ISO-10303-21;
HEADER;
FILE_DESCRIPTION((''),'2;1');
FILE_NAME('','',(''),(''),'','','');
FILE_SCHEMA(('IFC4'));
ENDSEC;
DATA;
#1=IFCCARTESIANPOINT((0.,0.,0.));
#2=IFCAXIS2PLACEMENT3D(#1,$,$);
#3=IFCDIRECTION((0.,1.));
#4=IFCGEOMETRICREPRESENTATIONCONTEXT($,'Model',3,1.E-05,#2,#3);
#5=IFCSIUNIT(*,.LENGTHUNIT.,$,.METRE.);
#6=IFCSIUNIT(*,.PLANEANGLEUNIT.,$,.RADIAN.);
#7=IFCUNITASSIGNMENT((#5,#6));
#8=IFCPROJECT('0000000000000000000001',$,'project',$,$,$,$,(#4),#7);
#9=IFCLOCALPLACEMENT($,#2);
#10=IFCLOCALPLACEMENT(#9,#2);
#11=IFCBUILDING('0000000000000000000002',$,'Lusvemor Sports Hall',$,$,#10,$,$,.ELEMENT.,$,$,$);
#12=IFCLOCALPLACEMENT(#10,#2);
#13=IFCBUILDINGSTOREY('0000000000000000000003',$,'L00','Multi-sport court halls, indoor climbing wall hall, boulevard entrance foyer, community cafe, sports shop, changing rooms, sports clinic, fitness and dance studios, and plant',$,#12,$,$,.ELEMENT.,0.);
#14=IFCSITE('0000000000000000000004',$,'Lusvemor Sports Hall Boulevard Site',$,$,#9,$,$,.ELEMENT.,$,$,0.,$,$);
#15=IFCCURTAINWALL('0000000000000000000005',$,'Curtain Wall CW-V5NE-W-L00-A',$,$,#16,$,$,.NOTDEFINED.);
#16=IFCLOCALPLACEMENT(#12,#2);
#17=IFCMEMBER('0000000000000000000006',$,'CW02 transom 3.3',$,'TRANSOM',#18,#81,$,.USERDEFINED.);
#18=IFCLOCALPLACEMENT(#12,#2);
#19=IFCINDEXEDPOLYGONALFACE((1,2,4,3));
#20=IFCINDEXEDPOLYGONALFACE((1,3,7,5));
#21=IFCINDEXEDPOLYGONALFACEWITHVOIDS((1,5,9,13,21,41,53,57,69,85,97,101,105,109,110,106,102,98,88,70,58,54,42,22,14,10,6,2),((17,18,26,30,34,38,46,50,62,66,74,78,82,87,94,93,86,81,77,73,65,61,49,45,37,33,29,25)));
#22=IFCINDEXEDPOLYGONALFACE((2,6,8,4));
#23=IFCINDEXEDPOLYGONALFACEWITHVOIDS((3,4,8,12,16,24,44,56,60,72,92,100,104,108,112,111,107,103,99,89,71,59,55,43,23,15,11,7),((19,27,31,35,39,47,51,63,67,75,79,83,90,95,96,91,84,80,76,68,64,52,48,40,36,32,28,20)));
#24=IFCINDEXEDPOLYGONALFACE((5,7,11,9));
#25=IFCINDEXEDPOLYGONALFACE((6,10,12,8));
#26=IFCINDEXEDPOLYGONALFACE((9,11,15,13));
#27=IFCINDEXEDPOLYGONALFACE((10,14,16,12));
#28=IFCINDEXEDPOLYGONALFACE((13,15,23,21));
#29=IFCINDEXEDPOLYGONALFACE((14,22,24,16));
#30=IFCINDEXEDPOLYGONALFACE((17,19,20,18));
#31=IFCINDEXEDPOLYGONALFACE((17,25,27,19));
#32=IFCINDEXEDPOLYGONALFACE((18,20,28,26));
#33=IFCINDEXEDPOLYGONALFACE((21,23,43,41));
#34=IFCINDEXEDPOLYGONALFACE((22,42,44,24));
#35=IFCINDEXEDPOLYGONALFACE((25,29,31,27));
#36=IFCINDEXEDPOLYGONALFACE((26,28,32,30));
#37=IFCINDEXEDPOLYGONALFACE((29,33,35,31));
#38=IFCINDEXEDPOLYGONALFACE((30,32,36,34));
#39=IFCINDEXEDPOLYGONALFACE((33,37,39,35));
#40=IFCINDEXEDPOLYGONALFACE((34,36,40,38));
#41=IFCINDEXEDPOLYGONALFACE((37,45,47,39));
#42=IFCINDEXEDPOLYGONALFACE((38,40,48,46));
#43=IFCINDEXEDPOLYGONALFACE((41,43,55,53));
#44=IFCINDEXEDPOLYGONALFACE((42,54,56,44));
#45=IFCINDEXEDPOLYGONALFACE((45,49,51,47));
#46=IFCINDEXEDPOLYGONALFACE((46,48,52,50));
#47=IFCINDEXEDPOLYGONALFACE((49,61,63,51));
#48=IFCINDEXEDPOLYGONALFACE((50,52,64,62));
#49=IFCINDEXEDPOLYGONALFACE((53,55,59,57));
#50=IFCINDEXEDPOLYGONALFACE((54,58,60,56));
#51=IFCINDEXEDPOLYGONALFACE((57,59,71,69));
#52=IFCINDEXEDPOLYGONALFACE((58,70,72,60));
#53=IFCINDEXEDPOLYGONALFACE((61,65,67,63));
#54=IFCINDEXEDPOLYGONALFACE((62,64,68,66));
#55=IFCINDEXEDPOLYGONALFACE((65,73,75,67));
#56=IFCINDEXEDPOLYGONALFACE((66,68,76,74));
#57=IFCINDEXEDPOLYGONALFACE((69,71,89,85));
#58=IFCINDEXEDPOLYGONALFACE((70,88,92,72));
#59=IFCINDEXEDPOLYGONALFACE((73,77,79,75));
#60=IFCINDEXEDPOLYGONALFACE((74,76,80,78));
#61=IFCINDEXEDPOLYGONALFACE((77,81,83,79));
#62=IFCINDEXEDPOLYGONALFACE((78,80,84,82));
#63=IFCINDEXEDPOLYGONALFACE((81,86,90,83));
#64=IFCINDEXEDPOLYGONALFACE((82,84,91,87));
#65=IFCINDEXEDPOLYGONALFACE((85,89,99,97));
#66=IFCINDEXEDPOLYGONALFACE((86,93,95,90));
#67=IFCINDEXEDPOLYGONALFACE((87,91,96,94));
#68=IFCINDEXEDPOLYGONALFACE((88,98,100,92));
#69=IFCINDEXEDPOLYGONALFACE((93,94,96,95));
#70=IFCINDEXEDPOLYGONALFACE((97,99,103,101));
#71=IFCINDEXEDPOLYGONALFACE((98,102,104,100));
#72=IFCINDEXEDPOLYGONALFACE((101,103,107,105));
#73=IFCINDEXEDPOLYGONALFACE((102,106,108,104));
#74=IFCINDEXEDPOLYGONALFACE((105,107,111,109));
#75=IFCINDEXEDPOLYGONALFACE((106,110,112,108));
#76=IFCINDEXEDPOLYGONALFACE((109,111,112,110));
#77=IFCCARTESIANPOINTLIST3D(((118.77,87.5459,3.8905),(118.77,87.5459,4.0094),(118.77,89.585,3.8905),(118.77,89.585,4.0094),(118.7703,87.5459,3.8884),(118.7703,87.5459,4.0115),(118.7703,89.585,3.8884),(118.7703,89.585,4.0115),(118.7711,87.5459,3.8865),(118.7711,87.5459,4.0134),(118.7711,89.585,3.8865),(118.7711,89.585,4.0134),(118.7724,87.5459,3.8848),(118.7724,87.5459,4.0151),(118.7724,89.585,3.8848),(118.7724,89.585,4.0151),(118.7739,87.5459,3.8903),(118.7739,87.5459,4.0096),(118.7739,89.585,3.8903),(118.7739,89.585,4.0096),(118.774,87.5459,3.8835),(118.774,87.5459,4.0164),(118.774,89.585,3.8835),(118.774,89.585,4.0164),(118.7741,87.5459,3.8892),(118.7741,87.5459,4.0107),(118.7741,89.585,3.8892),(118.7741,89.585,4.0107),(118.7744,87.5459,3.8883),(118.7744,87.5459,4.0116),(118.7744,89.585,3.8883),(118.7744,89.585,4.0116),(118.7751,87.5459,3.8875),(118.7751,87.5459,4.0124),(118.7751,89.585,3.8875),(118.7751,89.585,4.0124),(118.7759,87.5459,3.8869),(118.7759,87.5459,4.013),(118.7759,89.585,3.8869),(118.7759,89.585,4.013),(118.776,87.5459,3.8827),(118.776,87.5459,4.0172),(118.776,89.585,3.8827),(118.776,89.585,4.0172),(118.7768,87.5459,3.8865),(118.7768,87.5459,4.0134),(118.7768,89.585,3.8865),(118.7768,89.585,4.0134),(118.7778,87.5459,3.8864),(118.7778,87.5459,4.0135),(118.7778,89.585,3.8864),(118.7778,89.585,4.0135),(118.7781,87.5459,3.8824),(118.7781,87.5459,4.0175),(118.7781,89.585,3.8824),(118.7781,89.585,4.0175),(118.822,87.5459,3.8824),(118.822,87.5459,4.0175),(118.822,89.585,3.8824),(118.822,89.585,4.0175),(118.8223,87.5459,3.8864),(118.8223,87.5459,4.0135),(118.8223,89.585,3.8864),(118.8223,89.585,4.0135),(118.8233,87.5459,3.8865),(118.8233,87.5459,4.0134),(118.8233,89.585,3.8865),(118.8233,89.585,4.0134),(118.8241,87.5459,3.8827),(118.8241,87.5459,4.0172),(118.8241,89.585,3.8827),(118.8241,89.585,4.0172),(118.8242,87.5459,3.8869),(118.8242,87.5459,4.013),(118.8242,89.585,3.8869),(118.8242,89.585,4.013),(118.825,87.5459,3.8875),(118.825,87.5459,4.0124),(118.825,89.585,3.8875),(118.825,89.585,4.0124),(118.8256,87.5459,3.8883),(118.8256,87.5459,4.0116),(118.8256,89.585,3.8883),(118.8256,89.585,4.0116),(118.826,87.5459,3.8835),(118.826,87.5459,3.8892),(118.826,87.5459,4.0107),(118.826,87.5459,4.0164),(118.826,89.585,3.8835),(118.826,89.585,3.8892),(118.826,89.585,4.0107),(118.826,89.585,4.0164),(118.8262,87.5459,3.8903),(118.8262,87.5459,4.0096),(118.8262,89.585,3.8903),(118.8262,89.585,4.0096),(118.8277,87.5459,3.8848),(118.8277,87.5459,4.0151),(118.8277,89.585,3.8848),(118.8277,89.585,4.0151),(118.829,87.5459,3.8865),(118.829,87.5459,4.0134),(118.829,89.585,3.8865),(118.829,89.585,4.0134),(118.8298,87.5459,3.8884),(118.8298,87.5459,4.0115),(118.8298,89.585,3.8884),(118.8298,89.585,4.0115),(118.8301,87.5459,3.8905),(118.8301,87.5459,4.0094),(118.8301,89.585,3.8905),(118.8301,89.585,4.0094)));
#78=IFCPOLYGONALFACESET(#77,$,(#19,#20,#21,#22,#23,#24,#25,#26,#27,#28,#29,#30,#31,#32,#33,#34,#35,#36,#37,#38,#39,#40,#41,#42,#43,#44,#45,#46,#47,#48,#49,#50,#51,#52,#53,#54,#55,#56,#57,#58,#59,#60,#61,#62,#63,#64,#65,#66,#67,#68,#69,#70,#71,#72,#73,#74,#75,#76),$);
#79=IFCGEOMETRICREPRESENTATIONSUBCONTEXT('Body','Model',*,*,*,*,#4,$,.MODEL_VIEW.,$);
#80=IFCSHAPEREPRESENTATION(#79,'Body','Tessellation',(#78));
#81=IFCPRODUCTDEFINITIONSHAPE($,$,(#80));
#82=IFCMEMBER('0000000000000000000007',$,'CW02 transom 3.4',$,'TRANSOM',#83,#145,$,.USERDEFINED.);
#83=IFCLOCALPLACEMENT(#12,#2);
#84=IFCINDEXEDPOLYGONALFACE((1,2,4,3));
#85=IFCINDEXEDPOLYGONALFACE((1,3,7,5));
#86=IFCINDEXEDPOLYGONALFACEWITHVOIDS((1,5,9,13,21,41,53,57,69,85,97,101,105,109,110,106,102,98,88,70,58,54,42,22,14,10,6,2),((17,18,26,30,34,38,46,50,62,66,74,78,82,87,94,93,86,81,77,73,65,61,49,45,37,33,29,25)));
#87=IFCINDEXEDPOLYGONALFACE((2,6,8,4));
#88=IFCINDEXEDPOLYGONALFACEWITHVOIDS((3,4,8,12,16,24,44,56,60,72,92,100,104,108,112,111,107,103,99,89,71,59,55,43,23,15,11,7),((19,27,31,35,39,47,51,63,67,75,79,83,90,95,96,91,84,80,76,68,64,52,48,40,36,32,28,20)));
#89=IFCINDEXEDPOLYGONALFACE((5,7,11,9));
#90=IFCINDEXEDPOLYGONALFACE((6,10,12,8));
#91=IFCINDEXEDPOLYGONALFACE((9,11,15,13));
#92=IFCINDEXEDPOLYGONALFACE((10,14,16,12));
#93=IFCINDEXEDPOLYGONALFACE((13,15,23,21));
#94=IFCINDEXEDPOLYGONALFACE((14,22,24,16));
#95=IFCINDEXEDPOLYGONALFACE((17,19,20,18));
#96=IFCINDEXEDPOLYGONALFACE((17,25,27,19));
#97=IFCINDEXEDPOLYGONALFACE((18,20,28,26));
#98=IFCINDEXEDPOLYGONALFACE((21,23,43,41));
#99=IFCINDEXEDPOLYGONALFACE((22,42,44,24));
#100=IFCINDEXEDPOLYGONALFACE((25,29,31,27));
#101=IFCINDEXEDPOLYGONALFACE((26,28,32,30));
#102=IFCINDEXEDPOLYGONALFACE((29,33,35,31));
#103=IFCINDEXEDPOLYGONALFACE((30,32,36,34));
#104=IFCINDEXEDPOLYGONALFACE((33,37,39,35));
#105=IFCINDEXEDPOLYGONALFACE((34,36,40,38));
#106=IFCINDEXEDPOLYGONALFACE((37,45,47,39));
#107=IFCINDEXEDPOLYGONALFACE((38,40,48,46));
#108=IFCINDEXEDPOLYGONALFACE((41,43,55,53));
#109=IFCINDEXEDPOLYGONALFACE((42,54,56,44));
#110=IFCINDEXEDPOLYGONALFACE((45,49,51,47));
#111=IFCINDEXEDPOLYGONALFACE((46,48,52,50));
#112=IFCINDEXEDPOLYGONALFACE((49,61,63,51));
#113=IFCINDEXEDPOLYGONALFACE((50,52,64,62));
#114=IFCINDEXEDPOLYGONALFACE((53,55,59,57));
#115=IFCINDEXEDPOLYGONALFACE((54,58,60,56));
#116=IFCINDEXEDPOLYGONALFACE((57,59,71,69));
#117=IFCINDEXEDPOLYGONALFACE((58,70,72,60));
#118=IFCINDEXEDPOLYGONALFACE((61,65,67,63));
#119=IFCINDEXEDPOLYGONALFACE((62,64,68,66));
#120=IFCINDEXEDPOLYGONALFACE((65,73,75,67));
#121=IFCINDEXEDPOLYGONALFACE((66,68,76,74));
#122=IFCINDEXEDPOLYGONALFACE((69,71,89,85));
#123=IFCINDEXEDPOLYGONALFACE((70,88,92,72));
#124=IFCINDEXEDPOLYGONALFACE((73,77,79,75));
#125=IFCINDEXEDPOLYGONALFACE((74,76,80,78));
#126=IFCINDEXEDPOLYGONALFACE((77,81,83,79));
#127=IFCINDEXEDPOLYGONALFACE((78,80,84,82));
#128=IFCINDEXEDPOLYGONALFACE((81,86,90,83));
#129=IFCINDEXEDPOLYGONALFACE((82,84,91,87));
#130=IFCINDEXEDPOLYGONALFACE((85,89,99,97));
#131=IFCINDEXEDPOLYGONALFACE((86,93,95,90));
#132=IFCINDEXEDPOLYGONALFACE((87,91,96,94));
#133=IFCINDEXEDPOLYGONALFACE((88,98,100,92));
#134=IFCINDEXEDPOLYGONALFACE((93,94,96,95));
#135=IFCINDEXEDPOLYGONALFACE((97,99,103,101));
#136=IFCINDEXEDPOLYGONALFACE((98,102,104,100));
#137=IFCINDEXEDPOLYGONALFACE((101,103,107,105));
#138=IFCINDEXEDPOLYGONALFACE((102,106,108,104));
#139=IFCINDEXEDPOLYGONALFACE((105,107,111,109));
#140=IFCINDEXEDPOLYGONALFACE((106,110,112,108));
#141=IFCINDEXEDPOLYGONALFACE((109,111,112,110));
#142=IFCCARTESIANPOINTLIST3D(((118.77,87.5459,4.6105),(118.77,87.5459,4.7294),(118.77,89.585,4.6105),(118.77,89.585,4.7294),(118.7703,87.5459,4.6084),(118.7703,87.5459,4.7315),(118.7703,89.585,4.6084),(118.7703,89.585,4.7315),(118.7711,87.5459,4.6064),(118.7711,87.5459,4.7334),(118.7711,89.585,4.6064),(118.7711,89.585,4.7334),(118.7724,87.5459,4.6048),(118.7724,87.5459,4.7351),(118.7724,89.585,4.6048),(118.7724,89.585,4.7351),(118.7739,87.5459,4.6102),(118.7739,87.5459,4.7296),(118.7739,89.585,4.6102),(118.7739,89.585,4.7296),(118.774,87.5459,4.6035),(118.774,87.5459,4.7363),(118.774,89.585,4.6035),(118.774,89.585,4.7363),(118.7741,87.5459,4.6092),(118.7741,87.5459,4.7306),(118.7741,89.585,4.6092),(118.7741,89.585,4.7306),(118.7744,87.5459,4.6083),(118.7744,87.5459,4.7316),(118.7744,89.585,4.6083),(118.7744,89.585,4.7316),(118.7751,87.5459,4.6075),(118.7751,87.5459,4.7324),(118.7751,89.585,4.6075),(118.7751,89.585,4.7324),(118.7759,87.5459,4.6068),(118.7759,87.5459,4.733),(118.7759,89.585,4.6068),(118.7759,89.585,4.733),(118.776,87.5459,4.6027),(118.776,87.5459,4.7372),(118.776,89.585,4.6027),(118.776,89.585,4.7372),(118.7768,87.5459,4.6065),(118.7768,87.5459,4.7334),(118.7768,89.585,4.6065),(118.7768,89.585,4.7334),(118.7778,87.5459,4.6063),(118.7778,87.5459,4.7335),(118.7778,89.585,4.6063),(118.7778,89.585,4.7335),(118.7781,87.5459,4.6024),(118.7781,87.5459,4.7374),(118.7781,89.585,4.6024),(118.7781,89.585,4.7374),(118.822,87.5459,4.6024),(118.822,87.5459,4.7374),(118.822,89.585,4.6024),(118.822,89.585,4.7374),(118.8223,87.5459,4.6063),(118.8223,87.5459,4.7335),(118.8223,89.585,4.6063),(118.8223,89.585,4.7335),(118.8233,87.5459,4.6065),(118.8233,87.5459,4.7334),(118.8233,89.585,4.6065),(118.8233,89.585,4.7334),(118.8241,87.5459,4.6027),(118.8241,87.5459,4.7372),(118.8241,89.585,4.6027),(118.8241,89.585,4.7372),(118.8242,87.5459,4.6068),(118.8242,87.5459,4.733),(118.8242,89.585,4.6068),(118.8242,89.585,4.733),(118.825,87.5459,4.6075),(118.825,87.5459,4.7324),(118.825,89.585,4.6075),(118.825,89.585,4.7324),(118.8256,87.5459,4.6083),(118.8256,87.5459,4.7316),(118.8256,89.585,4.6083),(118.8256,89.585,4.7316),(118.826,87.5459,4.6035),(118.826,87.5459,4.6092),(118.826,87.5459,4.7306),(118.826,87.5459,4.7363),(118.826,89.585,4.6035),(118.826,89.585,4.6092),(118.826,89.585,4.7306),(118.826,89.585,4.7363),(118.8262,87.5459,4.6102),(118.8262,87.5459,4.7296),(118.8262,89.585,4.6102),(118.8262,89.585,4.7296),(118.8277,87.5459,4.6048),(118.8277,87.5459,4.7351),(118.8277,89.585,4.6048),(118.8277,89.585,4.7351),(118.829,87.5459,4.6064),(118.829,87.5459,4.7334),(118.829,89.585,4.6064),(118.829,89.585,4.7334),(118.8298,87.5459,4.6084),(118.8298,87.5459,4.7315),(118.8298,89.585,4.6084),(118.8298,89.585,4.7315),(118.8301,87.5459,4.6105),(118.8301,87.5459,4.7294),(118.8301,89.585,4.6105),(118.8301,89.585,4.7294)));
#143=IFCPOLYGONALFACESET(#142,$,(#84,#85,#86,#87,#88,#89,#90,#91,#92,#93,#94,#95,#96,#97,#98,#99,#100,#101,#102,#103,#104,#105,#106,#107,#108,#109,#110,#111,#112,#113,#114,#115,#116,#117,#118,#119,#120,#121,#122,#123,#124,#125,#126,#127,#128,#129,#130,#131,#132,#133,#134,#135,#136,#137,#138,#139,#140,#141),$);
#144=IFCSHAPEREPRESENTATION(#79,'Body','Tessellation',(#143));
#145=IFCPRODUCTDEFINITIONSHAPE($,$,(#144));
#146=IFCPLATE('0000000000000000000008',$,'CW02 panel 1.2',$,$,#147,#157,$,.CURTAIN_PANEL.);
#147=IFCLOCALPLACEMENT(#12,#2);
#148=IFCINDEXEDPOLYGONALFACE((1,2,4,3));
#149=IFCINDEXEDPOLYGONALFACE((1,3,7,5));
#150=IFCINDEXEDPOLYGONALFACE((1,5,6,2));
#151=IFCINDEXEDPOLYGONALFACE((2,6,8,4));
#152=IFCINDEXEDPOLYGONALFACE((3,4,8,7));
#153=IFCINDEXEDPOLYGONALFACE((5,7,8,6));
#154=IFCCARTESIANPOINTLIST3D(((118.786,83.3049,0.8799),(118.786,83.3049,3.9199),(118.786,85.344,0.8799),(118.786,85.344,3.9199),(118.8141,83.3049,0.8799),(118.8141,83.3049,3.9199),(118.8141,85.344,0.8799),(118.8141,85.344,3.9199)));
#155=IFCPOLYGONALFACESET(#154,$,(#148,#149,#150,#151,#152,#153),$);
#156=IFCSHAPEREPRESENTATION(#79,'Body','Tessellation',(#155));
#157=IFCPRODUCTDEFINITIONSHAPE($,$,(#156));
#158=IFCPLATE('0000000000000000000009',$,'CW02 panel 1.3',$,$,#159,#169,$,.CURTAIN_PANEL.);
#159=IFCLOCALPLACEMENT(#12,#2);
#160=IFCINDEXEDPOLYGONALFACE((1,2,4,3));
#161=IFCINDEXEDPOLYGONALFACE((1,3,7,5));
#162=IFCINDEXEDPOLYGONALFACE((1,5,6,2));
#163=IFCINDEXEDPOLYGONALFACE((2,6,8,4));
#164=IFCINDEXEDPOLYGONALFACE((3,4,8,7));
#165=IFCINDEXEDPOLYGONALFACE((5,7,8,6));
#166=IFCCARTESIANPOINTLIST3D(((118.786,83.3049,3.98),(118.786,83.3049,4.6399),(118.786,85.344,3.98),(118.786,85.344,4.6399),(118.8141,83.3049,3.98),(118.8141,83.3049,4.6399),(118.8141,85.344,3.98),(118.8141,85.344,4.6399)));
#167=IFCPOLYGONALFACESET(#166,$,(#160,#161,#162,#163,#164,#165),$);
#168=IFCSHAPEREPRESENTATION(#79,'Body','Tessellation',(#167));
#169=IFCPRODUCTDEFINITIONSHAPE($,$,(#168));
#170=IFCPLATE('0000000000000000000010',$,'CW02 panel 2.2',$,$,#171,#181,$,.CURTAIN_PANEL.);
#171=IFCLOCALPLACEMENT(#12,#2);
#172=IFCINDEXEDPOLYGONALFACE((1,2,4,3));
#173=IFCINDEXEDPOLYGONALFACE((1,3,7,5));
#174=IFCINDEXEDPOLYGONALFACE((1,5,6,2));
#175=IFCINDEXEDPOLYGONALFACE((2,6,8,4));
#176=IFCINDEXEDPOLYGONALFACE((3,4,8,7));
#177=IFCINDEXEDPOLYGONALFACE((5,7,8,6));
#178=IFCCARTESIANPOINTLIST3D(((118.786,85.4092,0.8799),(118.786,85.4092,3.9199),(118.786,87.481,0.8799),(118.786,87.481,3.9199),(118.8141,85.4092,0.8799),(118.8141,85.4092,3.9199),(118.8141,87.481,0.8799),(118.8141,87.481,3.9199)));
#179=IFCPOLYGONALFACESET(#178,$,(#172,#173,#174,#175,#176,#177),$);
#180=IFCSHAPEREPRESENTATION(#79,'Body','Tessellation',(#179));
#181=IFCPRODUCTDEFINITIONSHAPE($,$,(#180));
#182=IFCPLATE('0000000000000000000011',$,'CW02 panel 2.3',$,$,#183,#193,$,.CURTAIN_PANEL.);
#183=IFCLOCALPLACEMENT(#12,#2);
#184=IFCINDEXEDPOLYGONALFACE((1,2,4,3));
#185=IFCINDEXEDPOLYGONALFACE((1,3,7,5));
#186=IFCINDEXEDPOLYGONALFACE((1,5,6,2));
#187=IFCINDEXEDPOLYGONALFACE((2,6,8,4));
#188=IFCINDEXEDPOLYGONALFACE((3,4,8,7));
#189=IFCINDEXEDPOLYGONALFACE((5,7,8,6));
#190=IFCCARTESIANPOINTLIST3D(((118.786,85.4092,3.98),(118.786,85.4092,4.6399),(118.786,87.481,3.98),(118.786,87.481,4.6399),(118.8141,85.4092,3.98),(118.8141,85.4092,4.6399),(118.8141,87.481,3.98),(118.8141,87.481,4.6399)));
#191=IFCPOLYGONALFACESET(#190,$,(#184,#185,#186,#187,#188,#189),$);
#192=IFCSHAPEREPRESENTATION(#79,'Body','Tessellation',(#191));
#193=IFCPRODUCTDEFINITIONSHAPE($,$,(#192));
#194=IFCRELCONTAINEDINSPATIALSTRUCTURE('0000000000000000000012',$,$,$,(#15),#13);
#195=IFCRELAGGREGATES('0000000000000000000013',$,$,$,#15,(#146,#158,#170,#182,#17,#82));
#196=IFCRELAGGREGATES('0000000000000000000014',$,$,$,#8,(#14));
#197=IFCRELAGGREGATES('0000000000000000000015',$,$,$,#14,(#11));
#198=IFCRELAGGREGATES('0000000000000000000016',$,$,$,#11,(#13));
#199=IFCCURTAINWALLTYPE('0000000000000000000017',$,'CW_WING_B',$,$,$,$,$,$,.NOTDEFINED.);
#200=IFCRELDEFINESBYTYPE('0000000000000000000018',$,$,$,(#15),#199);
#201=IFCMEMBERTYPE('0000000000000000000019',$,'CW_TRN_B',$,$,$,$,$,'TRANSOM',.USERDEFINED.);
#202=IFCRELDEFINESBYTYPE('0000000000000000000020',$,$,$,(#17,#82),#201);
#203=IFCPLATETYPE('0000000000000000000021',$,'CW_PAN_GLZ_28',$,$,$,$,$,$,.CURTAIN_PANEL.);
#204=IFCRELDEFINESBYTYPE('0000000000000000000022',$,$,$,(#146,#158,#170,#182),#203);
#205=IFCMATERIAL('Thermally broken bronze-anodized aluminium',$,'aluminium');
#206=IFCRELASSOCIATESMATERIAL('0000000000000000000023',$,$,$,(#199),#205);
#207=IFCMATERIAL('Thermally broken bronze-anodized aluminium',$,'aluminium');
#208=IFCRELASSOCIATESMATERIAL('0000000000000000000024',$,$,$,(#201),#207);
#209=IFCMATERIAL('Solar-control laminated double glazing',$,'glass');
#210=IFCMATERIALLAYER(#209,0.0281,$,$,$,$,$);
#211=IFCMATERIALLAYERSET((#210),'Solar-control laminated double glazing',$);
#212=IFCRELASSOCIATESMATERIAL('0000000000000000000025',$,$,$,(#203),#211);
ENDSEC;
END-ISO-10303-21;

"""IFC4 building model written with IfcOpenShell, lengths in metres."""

from ifc_helpers import new_model, si_unit, direction, frame, origin, origin_2d, place, context, subcontext, project, spatial, rectangle, hollow_rectangle, extrude, material, layer, layer_set, material_profile, profile_set, type_object, element, aggregate, save


model = new_model("IFC4")

# Units and contexts
model_context = context("Model", 3, precision=1e-05, world=origin(), true_north=direction((0.0, 1.0)))
body_context = subcontext(model_context, "Body", "Model", "MODEL_VIEW")
ifc_project = project(units=[si_unit("LENGTHUNIT", "METRE"), si_unit("PLANEANGLEUNIT", "RADIAN")], contexts=[model_context])

# Site, building, storey
site_placement = place(None, origin())
site = spatial("IfcSite", under=ifc_project, at=site_placement, Name="Lusvemor Sports Hall Boulevard Site", CompositionType="ELEMENT", RefElevation=0.0)
building_placement = place(site_placement, origin())
building = spatial("IfcBuilding", under=site, at=building_placement, Name="Lusvemor Sports Hall", CompositionType="ELEMENT")
storey_placement = place(building_placement, origin())
storey = spatial("IfcBuildingStorey", under=building, at=storey_placement, Name="L00", Description="Multi-sport court halls, indoor climbing wall hall, boulevard entrance foyer, community cafe, sports shop, changing rooms, sports clinic, fitness and dance studios, and plant", CompositionType="ELEMENT", Elevation=0.0)

# Shared definitions
ifc_material_1 = material(Name="Thermally broken bronze-anodized aluminium", Category="aluminium")
curtain_wall_type = type_object("IfcCurtainWallType", Name="CW_WING_B", PredefinedType="NOTDEFINED", material=ifc_material_1)

# Curtain wall, members, plates
curtain_wall_1_placement = place(storey_placement, origin())
curtain_wall_1 = element("IfcCurtainWall", 1, at=curtain_wall_1_placement, inside=storey, type_object=curtain_wall_type, Name="Curtain Wall CW-V5NE-W-L00-A", PredefinedType="NOTDEFINED")
ifc_material_2 = material(Name="Thermally broken bronze-anodized aluminium", Category="aluminium")
ifc_material_profile_1 = material_profile(ifc_material_2, hollow_rectangle(XDim=0.0601, YDim=0.135, WallThickness=0.0039, InnerFilletRadius=0.0039, OuterFilletRadius=0.0081, at=origin_2d()), Name="CWTRN135x60x4")
ifc_profile_set_1 = profile_set([ifc_material_profile_1], Name="Thermally broken bronze-anodized aluminium")
member_type_1 = type_object("IfcMemberType", Name="CW_TRN_B", ElementType="TRANSOM", PredefinedType="USERDEFINED", material=ifc_profile_set_1)
member_1_placement = place(storey_placement, frame((118.8, 87.5459, 3.95), z_axis=(0.0, 1.0, 0.0), x_axis=(-1.0, 0.0, 0.0)))
member_1 = element("IfcMember", 2, at=member_1_placement, type_object=member_type_1, Name="CW02 transom 3.3", ObjectType="TRANSOM", PredefinedType="USERDEFINED", context=body_context, shape_type="SweptSolid", body=[
    extrude(hollow_rectangle(XDim=0.0601, YDim=0.135, WallThickness=0.0039, InnerFilletRadius=0.0039, OuterFilletRadius=0.0081, at=origin_2d()), origin(), (0.0, 0.0, 1.0), 2.0391),
])
member_2_placement = place(storey_placement, frame((118.8, 87.5459, 4.6699), z_axis=(0.0, 1.0, 0.0), x_axis=(-1.0, 0.0, 0.0)))
member_2 = element("IfcMember", 3, at=member_2_placement, type_object=member_type_1, Name="CW02 transom 3.4", ObjectType="TRANSOM", PredefinedType="USERDEFINED", context=body_context, shape_type="SweptSolid", body=[
    extrude(hollow_rectangle(XDim=0.0601, YDim=0.135, WallThickness=0.0039, InnerFilletRadius=0.0039, OuterFilletRadius=0.0081, at=origin_2d()), origin(), (0.0, 0.0, 1.0), 2.0391),
])
ifc_material_3 = material(Name="Solar-control laminated double glazing", Category="glass")
ifc_layer_1 = layer(ifc_material_3, 0.0281)
ifc_layer_set_1 = layer_set([ifc_layer_1], Name="Solar-control laminated double glazing")
plate_type_1 = type_object("IfcPlateType", Name="CW_PAN_GLZ_28", PredefinedType="CURTAIN_PANEL", material=ifc_layer_set_1)
plate_1_placement = place(storey_placement, frame((118.8, 84.3245, 0.8799), z_axis=(0.0, 0.0, 1.0), x_axis=(0.0, 1.0, 0.0)))
plate_1 = element("IfcPlate", 4, at=plate_1_placement, type_object=plate_type_1, Name="CW02 panel 1.2", PredefinedType="CURTAIN_PANEL", context=body_context, shape_type="SweptSolid", body=[
    extrude(rectangle(XDim=2.0391, YDim=0.0281, at=origin_2d()), origin(), (0.0, 0.0, 1.0), 3.04),
])
plate_2_placement = place(storey_placement, frame((118.8, 84.3245, 3.98), z_axis=(0.0, 0.0, 1.0), x_axis=(0.0, 1.0, 0.0)))
plate_2 = element("IfcPlate", 5, at=plate_2_placement, type_object=plate_type_1, Name="CW02 panel 1.3", PredefinedType="CURTAIN_PANEL", context=body_context, shape_type="SweptSolid", body=[
    extrude(rectangle(XDim=2.0391, YDim=0.0281, at=origin_2d()), origin(), (0.0, 0.0, 1.0), 0.6599),
])
plate_3_placement = place(storey_placement, frame((118.8, 86.4451, 0.8799), z_axis=(0.0, 0.0, 1.0), x_axis=(0.0, 1.0, 0.0)))
plate_3 = element("IfcPlate", 6, at=plate_3_placement, type_object=plate_type_1, Name="CW02 panel 2.2", PredefinedType="CURTAIN_PANEL", context=body_context, shape_type="SweptSolid", body=[
    extrude(rectangle(XDim=2.0718, YDim=0.0281, at=origin_2d()), origin(), (0.0, 0.0, 1.0), 3.04),
])
plate_4_placement = place(storey_placement, frame((118.8, 86.4451, 3.98), z_axis=(0.0, 0.0, 1.0), x_axis=(0.0, 1.0, 0.0)))
plate_4 = element("IfcPlate", 7, at=plate_4_placement, type_object=plate_type_1, Name="CW02 panel 2.3", PredefinedType="CURTAIN_PANEL", context=body_context, shape_type="SweptSolid", body=[
    extrude(rectangle(XDim=2.0718, YDim=0.0281, at=origin_2d()), origin(), (0.0, 0.0, 1.0), 0.6599),
])
aggregate(curtain_wall_1, [plate_1, plate_2, plate_3, plate_4, member_1, member_2])

save(model, "model.ifc")
